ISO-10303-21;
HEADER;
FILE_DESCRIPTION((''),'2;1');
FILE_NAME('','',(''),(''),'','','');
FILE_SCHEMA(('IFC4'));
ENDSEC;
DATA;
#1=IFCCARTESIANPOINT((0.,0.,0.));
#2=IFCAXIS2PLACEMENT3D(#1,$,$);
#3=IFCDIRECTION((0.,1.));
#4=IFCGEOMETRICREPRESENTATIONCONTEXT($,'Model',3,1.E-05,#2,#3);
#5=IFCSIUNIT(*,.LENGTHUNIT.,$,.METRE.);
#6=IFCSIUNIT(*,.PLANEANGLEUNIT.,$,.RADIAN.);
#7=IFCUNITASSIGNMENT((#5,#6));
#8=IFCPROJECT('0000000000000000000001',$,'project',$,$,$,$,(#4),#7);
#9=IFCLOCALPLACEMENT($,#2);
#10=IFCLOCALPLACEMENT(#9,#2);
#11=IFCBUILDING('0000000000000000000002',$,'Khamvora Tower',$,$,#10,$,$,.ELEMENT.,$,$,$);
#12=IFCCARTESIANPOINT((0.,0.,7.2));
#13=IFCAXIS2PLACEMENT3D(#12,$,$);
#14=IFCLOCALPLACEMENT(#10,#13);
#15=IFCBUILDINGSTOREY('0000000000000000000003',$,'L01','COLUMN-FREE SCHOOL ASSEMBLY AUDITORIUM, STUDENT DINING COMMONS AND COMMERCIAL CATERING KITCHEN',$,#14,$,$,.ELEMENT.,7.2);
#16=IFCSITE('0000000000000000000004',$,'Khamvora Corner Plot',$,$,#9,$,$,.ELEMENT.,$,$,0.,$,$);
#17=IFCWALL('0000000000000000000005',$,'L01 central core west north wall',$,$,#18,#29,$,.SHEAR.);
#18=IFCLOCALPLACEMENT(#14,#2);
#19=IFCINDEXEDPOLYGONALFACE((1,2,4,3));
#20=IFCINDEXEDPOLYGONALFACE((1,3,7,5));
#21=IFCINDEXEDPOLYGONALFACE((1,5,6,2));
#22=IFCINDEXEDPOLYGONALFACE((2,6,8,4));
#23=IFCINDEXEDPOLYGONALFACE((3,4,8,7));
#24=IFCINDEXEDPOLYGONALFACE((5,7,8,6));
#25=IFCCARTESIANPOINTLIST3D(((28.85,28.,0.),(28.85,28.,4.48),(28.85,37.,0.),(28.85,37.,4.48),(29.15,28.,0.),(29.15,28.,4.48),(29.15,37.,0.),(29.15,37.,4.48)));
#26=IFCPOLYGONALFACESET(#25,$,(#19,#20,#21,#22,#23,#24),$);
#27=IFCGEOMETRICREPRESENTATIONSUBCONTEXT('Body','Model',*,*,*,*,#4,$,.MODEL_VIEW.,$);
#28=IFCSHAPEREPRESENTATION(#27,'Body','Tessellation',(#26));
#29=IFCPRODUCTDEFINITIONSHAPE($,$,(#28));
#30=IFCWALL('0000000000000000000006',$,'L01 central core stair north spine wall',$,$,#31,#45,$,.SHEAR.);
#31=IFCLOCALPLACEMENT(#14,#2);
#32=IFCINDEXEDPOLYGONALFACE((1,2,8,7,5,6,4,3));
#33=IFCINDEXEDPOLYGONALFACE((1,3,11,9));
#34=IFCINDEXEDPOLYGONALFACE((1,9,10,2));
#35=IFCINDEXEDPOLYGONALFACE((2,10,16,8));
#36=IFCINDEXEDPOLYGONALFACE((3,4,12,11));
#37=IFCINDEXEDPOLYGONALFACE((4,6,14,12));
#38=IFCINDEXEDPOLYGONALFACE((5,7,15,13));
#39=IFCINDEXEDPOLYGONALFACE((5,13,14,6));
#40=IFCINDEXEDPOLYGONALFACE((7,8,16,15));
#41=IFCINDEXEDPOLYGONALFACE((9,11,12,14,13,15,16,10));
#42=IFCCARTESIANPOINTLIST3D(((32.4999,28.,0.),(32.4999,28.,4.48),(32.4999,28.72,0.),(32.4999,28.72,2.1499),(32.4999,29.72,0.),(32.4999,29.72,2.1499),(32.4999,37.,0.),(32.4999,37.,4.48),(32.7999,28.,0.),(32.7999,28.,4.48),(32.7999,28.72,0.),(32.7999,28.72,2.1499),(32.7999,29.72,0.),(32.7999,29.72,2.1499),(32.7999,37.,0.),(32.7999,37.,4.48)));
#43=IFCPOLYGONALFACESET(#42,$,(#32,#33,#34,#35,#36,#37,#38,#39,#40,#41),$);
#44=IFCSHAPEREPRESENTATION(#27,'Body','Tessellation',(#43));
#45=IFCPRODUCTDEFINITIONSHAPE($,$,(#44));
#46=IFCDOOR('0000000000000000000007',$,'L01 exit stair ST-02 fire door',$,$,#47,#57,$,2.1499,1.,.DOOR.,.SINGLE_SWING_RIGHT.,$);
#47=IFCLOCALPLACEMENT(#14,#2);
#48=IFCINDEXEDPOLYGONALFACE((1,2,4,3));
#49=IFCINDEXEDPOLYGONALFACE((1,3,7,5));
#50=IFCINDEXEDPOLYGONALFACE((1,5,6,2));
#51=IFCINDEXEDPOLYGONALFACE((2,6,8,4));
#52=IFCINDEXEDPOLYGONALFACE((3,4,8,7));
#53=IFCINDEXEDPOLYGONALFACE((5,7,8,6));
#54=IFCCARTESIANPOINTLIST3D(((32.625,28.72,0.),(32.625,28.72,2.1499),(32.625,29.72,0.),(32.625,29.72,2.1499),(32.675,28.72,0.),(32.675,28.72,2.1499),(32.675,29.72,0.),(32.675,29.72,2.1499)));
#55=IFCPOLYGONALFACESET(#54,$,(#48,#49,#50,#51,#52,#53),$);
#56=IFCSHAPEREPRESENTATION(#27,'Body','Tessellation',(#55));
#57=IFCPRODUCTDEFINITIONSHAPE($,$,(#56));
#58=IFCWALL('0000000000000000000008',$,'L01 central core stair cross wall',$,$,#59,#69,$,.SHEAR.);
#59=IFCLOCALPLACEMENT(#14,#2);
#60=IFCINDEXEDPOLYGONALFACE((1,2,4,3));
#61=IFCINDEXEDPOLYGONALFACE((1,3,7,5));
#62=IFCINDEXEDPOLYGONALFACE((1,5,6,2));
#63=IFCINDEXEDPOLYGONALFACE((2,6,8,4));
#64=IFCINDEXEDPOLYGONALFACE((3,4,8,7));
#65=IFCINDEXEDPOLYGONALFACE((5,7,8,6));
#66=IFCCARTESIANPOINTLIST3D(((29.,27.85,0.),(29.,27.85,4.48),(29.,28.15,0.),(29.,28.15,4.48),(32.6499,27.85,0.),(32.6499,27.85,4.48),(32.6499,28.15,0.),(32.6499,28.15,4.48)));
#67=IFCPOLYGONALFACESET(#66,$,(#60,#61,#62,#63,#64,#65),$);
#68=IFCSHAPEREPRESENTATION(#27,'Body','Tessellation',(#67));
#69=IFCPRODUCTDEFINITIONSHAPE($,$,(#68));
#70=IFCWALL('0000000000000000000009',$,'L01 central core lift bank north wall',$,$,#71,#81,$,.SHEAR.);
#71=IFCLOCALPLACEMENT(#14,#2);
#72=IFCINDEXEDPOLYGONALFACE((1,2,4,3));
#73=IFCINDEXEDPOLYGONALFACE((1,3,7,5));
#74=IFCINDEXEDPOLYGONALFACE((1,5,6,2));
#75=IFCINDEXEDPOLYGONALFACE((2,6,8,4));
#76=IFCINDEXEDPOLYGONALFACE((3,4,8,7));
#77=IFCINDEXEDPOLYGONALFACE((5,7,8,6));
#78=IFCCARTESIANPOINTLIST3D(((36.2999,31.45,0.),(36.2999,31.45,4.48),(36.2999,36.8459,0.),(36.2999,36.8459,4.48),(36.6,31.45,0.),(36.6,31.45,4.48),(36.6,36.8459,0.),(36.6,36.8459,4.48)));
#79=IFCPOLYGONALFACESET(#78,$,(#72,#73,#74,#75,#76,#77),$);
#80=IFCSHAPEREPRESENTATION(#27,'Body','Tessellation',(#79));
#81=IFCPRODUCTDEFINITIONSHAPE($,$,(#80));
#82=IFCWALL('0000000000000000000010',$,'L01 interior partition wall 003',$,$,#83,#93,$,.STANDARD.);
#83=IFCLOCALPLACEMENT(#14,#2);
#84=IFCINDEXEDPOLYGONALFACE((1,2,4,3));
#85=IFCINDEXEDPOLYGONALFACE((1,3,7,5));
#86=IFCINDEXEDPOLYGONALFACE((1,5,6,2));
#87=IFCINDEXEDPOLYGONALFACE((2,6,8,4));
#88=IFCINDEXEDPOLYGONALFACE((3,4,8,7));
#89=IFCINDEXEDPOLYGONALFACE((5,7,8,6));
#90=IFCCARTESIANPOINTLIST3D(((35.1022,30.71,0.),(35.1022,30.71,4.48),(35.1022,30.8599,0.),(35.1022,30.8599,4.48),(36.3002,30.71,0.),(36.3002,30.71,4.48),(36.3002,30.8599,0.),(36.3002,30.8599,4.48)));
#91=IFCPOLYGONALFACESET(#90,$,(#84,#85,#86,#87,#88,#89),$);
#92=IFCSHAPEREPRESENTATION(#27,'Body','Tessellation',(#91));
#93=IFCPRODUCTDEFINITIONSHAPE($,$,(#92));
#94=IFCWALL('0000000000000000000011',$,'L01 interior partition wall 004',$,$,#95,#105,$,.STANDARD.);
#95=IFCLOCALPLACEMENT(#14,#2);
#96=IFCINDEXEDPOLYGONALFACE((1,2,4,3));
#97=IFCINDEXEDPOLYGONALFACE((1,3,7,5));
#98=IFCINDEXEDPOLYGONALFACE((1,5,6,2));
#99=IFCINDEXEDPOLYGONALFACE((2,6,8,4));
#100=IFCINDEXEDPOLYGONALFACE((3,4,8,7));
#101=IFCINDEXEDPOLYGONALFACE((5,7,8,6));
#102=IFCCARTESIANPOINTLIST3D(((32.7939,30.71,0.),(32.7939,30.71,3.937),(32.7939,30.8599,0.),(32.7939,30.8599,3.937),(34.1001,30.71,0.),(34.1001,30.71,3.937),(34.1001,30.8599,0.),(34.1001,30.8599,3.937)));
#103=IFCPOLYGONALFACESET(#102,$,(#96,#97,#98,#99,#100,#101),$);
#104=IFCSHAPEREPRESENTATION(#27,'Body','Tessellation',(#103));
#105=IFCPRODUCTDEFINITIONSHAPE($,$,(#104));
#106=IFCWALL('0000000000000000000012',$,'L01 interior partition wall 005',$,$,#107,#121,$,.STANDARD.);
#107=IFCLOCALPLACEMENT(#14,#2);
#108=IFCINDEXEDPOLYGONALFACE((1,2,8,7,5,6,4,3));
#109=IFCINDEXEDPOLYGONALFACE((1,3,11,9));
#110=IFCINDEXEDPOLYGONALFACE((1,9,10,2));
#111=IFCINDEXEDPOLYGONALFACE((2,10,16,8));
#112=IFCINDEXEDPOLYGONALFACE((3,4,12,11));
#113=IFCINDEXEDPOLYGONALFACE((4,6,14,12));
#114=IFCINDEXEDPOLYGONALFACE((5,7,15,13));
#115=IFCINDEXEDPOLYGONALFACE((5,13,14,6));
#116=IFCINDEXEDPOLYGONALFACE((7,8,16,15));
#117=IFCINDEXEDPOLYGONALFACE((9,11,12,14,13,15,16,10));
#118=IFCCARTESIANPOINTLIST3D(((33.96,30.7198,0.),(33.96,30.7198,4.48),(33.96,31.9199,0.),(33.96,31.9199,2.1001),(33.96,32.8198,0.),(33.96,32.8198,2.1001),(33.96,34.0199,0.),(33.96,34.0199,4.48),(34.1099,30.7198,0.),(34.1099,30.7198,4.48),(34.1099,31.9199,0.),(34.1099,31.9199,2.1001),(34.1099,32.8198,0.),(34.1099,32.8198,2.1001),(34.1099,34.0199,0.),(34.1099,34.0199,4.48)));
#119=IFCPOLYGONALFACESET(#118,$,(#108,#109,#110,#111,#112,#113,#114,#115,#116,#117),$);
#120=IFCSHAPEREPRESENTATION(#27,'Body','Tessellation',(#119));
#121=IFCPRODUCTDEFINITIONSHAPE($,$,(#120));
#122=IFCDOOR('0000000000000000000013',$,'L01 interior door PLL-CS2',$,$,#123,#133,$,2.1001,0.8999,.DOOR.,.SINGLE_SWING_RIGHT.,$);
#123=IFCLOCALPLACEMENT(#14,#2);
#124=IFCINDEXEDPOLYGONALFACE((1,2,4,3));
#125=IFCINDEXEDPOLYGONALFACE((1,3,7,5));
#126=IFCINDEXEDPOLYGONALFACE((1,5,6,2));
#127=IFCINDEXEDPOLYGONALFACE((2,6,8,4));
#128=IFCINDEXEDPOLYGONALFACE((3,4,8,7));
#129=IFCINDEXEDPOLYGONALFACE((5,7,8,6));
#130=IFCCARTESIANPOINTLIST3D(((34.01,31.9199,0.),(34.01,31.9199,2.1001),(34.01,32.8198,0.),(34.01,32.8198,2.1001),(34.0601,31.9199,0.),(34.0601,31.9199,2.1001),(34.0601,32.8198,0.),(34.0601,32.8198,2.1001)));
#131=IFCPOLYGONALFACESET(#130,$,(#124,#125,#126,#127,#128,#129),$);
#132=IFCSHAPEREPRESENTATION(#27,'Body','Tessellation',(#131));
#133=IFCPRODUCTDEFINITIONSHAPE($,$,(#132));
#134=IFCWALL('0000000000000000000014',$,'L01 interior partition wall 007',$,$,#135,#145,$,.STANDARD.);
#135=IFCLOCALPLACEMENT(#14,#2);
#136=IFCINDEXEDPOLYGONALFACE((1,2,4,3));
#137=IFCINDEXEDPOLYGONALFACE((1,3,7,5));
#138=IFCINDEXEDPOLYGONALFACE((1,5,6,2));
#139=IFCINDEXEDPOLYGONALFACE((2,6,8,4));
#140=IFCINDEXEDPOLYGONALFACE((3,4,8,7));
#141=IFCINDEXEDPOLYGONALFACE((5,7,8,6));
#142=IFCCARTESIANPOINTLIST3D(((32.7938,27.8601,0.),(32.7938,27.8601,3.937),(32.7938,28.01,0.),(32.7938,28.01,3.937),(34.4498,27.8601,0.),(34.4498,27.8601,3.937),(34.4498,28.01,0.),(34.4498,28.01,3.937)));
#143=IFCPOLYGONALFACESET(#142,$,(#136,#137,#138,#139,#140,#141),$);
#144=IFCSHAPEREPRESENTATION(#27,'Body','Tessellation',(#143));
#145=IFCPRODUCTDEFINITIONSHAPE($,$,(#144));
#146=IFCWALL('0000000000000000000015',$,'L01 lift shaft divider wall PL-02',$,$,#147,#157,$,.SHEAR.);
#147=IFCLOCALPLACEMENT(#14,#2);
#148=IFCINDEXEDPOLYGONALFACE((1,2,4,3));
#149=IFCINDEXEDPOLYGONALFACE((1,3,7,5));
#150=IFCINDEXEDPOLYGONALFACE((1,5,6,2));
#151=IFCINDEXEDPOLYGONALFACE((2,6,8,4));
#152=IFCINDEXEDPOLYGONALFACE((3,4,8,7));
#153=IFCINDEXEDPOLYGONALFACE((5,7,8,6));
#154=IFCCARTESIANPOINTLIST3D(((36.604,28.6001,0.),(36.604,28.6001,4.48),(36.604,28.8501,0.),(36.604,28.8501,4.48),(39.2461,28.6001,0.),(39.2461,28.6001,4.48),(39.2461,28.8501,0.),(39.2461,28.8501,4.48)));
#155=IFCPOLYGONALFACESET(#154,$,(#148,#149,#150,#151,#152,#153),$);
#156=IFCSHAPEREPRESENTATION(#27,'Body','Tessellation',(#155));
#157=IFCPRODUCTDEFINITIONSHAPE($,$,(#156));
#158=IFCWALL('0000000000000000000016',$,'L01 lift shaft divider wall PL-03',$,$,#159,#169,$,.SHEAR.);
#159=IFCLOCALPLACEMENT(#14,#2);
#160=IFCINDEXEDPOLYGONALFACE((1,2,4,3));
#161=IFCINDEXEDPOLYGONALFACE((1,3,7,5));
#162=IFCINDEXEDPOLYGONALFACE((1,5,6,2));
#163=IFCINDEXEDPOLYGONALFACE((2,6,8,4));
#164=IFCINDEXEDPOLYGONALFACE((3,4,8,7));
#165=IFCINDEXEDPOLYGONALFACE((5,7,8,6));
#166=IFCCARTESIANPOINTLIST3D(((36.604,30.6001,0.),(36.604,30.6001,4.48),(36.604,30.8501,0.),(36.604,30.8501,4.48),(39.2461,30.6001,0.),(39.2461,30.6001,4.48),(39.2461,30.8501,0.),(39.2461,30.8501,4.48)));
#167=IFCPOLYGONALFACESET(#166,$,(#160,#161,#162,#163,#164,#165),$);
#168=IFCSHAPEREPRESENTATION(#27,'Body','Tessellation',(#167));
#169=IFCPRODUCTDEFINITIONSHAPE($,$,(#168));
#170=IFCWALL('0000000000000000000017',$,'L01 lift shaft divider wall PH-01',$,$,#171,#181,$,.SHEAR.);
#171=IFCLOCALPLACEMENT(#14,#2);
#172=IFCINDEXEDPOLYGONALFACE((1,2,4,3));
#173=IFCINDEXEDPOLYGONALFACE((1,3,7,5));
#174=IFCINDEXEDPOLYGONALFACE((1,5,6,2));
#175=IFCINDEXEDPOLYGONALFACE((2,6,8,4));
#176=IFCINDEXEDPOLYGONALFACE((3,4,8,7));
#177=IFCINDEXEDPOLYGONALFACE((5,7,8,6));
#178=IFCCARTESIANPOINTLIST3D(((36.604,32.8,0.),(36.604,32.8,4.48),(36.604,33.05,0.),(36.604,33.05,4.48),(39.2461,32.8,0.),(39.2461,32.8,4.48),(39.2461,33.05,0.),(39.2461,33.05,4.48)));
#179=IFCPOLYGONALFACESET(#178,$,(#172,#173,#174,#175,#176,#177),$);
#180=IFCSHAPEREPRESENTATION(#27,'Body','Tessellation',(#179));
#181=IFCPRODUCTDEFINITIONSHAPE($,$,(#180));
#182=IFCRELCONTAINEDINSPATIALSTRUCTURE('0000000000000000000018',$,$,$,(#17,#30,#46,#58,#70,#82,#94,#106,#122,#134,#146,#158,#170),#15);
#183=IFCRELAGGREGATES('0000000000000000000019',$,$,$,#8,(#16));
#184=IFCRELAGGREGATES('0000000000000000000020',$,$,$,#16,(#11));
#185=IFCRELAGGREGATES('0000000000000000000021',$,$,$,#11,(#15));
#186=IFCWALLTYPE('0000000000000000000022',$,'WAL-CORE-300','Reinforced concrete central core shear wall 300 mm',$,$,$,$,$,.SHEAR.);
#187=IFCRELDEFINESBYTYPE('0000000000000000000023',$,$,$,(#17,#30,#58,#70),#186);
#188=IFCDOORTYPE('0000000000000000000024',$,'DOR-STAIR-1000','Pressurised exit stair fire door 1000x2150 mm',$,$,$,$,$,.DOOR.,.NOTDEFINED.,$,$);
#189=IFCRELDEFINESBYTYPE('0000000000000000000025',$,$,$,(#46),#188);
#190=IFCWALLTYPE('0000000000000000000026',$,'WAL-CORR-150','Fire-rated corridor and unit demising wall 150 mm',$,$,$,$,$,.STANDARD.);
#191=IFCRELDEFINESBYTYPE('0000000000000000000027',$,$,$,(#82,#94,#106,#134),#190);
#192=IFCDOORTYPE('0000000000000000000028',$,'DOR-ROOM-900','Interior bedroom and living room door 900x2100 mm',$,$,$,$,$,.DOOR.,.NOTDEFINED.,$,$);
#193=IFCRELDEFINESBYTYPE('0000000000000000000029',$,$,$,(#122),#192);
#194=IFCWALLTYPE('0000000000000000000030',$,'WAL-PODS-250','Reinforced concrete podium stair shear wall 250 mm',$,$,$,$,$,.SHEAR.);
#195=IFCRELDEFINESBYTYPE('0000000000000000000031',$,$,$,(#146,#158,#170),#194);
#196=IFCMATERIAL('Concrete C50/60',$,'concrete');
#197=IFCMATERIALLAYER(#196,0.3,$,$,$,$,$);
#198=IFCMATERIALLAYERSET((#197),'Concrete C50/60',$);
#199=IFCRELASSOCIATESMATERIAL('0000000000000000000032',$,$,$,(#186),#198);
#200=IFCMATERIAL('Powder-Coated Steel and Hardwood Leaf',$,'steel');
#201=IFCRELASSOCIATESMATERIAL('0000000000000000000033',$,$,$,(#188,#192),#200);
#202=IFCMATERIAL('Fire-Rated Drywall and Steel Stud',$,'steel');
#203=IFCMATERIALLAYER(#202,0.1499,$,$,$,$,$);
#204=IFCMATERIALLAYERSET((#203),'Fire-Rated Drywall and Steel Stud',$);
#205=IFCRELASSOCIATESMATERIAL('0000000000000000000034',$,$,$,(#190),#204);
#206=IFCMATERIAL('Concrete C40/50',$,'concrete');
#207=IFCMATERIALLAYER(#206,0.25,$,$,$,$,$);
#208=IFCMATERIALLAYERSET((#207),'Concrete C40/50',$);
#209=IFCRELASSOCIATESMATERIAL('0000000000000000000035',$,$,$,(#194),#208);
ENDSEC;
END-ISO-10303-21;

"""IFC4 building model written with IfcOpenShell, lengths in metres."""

from ifc_helpers import new_model, si_unit, direction, frame, frame_2d, origin, place, context, subcontext, project, spatial, rectangle, extrude, material, layer, layer_set, type_object, element, fill, save


model = new_model("IFC4")

# Units and contexts
model_context = context("Model", 3, precision=1e-05, world=origin(), true_north=direction((0.0, 1.0)))
body_context = subcontext(model_context, "Body", "Model", "MODEL_VIEW")
ifc_project = project(units=[si_unit("LENGTHUNIT", "METRE"), si_unit("PLANEANGLEUNIT", "RADIAN")], contexts=[model_context])

# Site, building, storey
site_placement = place(None, origin())
site = spatial("IfcSite", under=ifc_project, at=site_placement, Name="Khamvora Corner Plot", CompositionType="ELEMENT", RefElevation=0.0)
building_placement = place(site_placement, origin())
building = spatial("IfcBuilding", under=site, at=building_placement, Name="Khamvora Tower", CompositionType="ELEMENT")
storey_placement = place(building_placement, frame((0.0, 0.0, 7.2)))
storey = spatial("IfcBuildingStorey", under=building, at=storey_placement, Name="L01", Description="COLUMN-FREE SCHOOL ASSEMBLY AUDITORIUM, STUDENT DINING COMMONS AND COMMERCIAL CATERING KITCHEN", CompositionType="ELEMENT", Elevation=7.2)

# Wall
ifc_material_1 = material(Name="Concrete C50/60", Category="concrete")
ifc_layer_1 = layer(ifc_material_1, 0.3)
ifc_layer_set_1 = layer_set([ifc_layer_1], Name="Concrete C50/60")
wall_type_1 = type_object("IfcWallType", Name="WAL-CORE-300", Description="Reinforced concrete central core shear wall 300 mm", PredefinedType="SHEAR", material=ifc_layer_set_1)
wall_1_placement = place(storey_placement, frame((29.0, 28.0, 0.0), z_axis=(0.0, 0.0, 1.0), x_axis=(0.0, 1.0, 0.0)))
element("IfcWall", 1, at=wall_1_placement, inside=storey, type_object=wall_type_1, Name="L01 central core west north wall", PredefinedType="SHEAR", context=body_context, shape_type="SweptSolid", body=[
    extrude(rectangle(XDim=9.0, YDim=0.3, at=frame_2d((4.5, 0.0))), origin(), (0.0, 0.0, 1.0), 4.48),
])

# Wall, opening, door
wall_2_placement = place(storey_placement, frame((32.6499, 28.0, 0.0), z_axis=(0.0, 0.0, 1.0), x_axis=(0.0, 1.0, 0.0)))
wall_2 = element("IfcWall", 2, at=wall_2_placement, inside=storey, type_object=wall_type_1, Name="L01 central core stair north spine wall", PredefinedType="SHEAR", context=body_context, shape_type="SweptSolid", body=[
    extrude(rectangle(XDim=9.0, YDim=0.3, at=frame_2d((4.5, 0.0))), origin(), (0.0, 0.0, 1.0), 4.48),
])
opening_1_placement = place(wall_2_placement, frame((0.72, 0.0, 0.0)))
opening_1 = element("IfcOpeningElement", 3, at=opening_1_placement, cuts=wall_2, PredefinedType="OPENING", context=body_context, shape_type="SweptSolid", body=[
    extrude(rectangle(XDim=1.0, YDim=2.1499, at=frame_2d((0.5, 1.075))), frame((0.0, 0.1599, 0.0), z_axis=(0.0, -1.0, 0.0), x_axis=(1.0, 0.0, 0.0)), (0.0, 0.0, 1.0), 0.3201),
])
ifc_material_2 = material(Name="Powder-Coated Steel and Hardwood Leaf", Category="steel")
door_type_1 = type_object("IfcDoorType", Name="DOR-STAIR-1000", Description="Pressurised exit stair fire door 1000x2150 mm", OperationType="NOTDEFINED", PredefinedType="DOOR", material=ifc_material_2)
door_1_placement = place(opening_1_placement, origin())
door_1 = element("IfcDoor", 4, at=door_1_placement, inside=storey, type_object=door_type_1, Name="L01 exit stair ST-02 fire door", OperationType="SINGLE_SWING_RIGHT", OverallHeight=2.1499, OverallWidth=1.0, PredefinedType="DOOR", context=body_context, shape_type="SweptSolid", body=[
    extrude(rectangle(XDim=1.0, YDim=2.1499, at=frame_2d((0.5, 1.075))), frame((0.0, 0.0249, 0.0), z_axis=(0.0, -1.0, 0.0), x_axis=(1.0, 0.0, 0.0)), (0.0, 0.0, 1.0), 0.05),
])
fill(opening_1, door_1)

# Walls
wall_3_placement = place(storey_placement, frame((29.0, 28.0, 0.0), z_axis=(0.0, 0.0, 1.0), x_axis=(1.0, 0.0, 0.0)))
element("IfcWall", 5, at=wall_3_placement, inside=storey, type_object=wall_type_1, Name="L01 central core stair cross wall", PredefinedType="SHEAR", context=body_context, shape_type="SweptSolid", body=[
    extrude(rectangle(XDim=3.6499, YDim=0.3, at=frame_2d((1.825, 0.0))), origin(), (0.0, 0.0, 1.0), 4.48),
])
wall_4_placement = place(storey_placement, frame((36.45, 31.45, 0.0), z_axis=(0.0, 0.0, 1.0), x_axis=(0.0, 1.0, 0.0)))
element("IfcWall", 6, at=wall_4_placement, inside=storey, type_object=wall_type_1, Name="L01 central core lift bank north wall", PredefinedType="SHEAR", context=body_context, shape_type="SweptSolid", body=[
    extrude(rectangle(XDim=5.396, YDim=0.3, at=frame_2d((2.698, 0.0))), origin(), (0.0, 0.0, 1.0), 4.48),
])
ifc_material_3 = material(Name="Fire-Rated Drywall and Steel Stud", Category="steel")
ifc_layer_2 = layer(ifc_material_3, 0.1499)
ifc_layer_set_2 = layer_set([ifc_layer_2], Name="Fire-Rated Drywall and Steel Stud")
wall_type_2 = type_object("IfcWallType", Name="WAL-CORR-150", Description="Fire-rated corridor and unit demising wall 150 mm", PredefinedType="STANDARD", material=ifc_layer_set_2)
wall_5_placement = place(storey_placement, frame((35.1021, 30.7849, 0.0), z_axis=(0.0, 0.0, 1.0), x_axis=(1.0, 0.0, 0.0)))
element("IfcWall", 7, at=wall_5_placement, inside=storey, type_object=wall_type_2, Name="L01 interior partition wall 003", PredefinedType="STANDARD", context=body_context, shape_type="SweptSolid", body=[
    extrude(rectangle(XDim=1.198, YDim=0.1499, at=frame_2d((0.5991, 0.0))), origin(), (0.0, 0.0, 1.0), 4.48),
])
wall_6_placement = place(storey_placement, frame((32.7939, 30.7849, 0.0), z_axis=(0.0, 0.0, 1.0), x_axis=(1.0, 0.0, 0.0)))
element("IfcWall", 8, at=wall_6_placement, inside=storey, type_object=wall_type_2, Name="L01 interior partition wall 004", PredefinedType="STANDARD", context=body_context, shape_type="SweptSolid", body=[
    extrude(rectangle(XDim=1.3062, YDim=0.1499, at=frame_2d((0.6531, 0.0))), origin(), (0.0, 0.0, 1.0), 3.937),
])

# Wall, opening, door
wall_7_placement = place(storey_placement, frame((34.0349, 30.72, 0.0), z_axis=(0.0, 0.0, 1.0), x_axis=(0.0, 1.0, 0.0)))
wall_7 = element("IfcWall", 9, at=wall_7_placement, inside=storey, type_object=wall_type_2, Name="L01 interior partition wall 005", PredefinedType="STANDARD", context=body_context, shape_type="SweptSolid", body=[
    extrude(rectangle(XDim=3.3, YDim=0.1499, at=frame_2d((1.6499, 0.0))), origin(), (0.0, 0.0, 1.0), 4.48),
])
opening_2_placement = place(wall_7_placement, frame((1.2, 0.0, 0.0)))
opening_2 = element("IfcOpeningElement", 10, at=opening_2_placement, cuts=wall_7, PredefinedType="OPENING", context=body_context, shape_type="SweptSolid", body=[
    extrude(rectangle(XDim=0.8999, YDim=2.1001, at=frame_2d((0.45, 1.05))), frame((0.0, 0.085, 0.0), z_axis=(0.0, -1.0, 0.0), x_axis=(1.0, 0.0, 0.0)), (0.0, 0.0, 1.0), 0.1699),
])
door_type_2 = type_object("IfcDoorType", Name="DOR-ROOM-900", Description="Interior bedroom and living room door 900x2100 mm", OperationType="NOTDEFINED", PredefinedType="DOOR", material=ifc_material_2)
door_2_placement = place(opening_2_placement, origin())
door_2 = element("IfcDoor", 11, at=door_2_placement, inside=storey, type_object=door_type_2, Name="L01 interior door PLL-CS2", OperationType="SINGLE_SWING_RIGHT", OverallHeight=2.1001, OverallWidth=0.8999, PredefinedType="DOOR", context=body_context, shape_type="SweptSolid", body=[
    extrude(rectangle(XDim=0.8999, YDim=2.1001, at=frame_2d((0.45, 1.05))), frame((0.0, 0.0249, 0.0), z_axis=(0.0, -1.0, 0.0), x_axis=(1.0, 0.0, 0.0)), (0.0, 0.0, 1.0), 0.05),
])
fill(opening_2, door_2)

# Walls
wall_8_placement = place(storey_placement, frame((34.45, 27.9351, 0.0), z_axis=(0.0, 0.0, 1.0), x_axis=(-1.0, 0.0, 0.0)))
element("IfcWall", 12, at=wall_8_placement, inside=storey, type_object=wall_type_2, Name="L01 interior partition wall 007", PredefinedType="STANDARD", context=body_context, shape_type="SweptSolid", body=[
    extrude(rectangle(XDim=1.656, YDim=0.1499, at=frame_2d((0.8281, 0.0))), origin(), (0.0, 0.0, 1.0), 3.937),
])
ifc_material_4 = material(Name="Concrete C40/50", Category="concrete")
ifc_layer_3 = layer(ifc_material_4, 0.25)
ifc_layer_set_3 = layer_set([ifc_layer_3], Name="Concrete C40/50")
wall_type_3 = type_object("IfcWallType", Name="WAL-PODS-250", Description="Reinforced concrete podium stair shear wall 250 mm", PredefinedType="SHEAR", material=ifc_layer_set_3)
for number, where, z_axis, x_axis, name in (
    (13, (36.604, 28.7251, 0.0), (0.0, 0.0, 1.0), (1.0, 0.0, 0.0), "L01 lift shaft divider wall PL-02"),
    (14, (36.604, 30.7251, 0.0), (0.0, 0.0, 1.0), (1.0, 0.0, 0.0), "L01 lift shaft divider wall PL-03"),
    (15, (36.604, 32.925, 0.0), (0.0, 0.0, 1.0), (1.0, 0.0, 0.0), "L01 lift shaft divider wall PH-01"),
):
    element("IfcWall", number, at=place(storey_placement, frame(where, z_axis=z_axis, x_axis=x_axis)), inside=storey, type_object=wall_type_3, Name=name, PredefinedType="SHEAR", context=body_context, shape_type="SweptSolid", body=[
        extrude(rectangle(XDim=2.6421, YDim=0.25, at=frame_2d((1.321, 0.0))), origin(), (0.0, 0.0, 1.0), 4.48),
    ])

save(model, "model.ifc")
